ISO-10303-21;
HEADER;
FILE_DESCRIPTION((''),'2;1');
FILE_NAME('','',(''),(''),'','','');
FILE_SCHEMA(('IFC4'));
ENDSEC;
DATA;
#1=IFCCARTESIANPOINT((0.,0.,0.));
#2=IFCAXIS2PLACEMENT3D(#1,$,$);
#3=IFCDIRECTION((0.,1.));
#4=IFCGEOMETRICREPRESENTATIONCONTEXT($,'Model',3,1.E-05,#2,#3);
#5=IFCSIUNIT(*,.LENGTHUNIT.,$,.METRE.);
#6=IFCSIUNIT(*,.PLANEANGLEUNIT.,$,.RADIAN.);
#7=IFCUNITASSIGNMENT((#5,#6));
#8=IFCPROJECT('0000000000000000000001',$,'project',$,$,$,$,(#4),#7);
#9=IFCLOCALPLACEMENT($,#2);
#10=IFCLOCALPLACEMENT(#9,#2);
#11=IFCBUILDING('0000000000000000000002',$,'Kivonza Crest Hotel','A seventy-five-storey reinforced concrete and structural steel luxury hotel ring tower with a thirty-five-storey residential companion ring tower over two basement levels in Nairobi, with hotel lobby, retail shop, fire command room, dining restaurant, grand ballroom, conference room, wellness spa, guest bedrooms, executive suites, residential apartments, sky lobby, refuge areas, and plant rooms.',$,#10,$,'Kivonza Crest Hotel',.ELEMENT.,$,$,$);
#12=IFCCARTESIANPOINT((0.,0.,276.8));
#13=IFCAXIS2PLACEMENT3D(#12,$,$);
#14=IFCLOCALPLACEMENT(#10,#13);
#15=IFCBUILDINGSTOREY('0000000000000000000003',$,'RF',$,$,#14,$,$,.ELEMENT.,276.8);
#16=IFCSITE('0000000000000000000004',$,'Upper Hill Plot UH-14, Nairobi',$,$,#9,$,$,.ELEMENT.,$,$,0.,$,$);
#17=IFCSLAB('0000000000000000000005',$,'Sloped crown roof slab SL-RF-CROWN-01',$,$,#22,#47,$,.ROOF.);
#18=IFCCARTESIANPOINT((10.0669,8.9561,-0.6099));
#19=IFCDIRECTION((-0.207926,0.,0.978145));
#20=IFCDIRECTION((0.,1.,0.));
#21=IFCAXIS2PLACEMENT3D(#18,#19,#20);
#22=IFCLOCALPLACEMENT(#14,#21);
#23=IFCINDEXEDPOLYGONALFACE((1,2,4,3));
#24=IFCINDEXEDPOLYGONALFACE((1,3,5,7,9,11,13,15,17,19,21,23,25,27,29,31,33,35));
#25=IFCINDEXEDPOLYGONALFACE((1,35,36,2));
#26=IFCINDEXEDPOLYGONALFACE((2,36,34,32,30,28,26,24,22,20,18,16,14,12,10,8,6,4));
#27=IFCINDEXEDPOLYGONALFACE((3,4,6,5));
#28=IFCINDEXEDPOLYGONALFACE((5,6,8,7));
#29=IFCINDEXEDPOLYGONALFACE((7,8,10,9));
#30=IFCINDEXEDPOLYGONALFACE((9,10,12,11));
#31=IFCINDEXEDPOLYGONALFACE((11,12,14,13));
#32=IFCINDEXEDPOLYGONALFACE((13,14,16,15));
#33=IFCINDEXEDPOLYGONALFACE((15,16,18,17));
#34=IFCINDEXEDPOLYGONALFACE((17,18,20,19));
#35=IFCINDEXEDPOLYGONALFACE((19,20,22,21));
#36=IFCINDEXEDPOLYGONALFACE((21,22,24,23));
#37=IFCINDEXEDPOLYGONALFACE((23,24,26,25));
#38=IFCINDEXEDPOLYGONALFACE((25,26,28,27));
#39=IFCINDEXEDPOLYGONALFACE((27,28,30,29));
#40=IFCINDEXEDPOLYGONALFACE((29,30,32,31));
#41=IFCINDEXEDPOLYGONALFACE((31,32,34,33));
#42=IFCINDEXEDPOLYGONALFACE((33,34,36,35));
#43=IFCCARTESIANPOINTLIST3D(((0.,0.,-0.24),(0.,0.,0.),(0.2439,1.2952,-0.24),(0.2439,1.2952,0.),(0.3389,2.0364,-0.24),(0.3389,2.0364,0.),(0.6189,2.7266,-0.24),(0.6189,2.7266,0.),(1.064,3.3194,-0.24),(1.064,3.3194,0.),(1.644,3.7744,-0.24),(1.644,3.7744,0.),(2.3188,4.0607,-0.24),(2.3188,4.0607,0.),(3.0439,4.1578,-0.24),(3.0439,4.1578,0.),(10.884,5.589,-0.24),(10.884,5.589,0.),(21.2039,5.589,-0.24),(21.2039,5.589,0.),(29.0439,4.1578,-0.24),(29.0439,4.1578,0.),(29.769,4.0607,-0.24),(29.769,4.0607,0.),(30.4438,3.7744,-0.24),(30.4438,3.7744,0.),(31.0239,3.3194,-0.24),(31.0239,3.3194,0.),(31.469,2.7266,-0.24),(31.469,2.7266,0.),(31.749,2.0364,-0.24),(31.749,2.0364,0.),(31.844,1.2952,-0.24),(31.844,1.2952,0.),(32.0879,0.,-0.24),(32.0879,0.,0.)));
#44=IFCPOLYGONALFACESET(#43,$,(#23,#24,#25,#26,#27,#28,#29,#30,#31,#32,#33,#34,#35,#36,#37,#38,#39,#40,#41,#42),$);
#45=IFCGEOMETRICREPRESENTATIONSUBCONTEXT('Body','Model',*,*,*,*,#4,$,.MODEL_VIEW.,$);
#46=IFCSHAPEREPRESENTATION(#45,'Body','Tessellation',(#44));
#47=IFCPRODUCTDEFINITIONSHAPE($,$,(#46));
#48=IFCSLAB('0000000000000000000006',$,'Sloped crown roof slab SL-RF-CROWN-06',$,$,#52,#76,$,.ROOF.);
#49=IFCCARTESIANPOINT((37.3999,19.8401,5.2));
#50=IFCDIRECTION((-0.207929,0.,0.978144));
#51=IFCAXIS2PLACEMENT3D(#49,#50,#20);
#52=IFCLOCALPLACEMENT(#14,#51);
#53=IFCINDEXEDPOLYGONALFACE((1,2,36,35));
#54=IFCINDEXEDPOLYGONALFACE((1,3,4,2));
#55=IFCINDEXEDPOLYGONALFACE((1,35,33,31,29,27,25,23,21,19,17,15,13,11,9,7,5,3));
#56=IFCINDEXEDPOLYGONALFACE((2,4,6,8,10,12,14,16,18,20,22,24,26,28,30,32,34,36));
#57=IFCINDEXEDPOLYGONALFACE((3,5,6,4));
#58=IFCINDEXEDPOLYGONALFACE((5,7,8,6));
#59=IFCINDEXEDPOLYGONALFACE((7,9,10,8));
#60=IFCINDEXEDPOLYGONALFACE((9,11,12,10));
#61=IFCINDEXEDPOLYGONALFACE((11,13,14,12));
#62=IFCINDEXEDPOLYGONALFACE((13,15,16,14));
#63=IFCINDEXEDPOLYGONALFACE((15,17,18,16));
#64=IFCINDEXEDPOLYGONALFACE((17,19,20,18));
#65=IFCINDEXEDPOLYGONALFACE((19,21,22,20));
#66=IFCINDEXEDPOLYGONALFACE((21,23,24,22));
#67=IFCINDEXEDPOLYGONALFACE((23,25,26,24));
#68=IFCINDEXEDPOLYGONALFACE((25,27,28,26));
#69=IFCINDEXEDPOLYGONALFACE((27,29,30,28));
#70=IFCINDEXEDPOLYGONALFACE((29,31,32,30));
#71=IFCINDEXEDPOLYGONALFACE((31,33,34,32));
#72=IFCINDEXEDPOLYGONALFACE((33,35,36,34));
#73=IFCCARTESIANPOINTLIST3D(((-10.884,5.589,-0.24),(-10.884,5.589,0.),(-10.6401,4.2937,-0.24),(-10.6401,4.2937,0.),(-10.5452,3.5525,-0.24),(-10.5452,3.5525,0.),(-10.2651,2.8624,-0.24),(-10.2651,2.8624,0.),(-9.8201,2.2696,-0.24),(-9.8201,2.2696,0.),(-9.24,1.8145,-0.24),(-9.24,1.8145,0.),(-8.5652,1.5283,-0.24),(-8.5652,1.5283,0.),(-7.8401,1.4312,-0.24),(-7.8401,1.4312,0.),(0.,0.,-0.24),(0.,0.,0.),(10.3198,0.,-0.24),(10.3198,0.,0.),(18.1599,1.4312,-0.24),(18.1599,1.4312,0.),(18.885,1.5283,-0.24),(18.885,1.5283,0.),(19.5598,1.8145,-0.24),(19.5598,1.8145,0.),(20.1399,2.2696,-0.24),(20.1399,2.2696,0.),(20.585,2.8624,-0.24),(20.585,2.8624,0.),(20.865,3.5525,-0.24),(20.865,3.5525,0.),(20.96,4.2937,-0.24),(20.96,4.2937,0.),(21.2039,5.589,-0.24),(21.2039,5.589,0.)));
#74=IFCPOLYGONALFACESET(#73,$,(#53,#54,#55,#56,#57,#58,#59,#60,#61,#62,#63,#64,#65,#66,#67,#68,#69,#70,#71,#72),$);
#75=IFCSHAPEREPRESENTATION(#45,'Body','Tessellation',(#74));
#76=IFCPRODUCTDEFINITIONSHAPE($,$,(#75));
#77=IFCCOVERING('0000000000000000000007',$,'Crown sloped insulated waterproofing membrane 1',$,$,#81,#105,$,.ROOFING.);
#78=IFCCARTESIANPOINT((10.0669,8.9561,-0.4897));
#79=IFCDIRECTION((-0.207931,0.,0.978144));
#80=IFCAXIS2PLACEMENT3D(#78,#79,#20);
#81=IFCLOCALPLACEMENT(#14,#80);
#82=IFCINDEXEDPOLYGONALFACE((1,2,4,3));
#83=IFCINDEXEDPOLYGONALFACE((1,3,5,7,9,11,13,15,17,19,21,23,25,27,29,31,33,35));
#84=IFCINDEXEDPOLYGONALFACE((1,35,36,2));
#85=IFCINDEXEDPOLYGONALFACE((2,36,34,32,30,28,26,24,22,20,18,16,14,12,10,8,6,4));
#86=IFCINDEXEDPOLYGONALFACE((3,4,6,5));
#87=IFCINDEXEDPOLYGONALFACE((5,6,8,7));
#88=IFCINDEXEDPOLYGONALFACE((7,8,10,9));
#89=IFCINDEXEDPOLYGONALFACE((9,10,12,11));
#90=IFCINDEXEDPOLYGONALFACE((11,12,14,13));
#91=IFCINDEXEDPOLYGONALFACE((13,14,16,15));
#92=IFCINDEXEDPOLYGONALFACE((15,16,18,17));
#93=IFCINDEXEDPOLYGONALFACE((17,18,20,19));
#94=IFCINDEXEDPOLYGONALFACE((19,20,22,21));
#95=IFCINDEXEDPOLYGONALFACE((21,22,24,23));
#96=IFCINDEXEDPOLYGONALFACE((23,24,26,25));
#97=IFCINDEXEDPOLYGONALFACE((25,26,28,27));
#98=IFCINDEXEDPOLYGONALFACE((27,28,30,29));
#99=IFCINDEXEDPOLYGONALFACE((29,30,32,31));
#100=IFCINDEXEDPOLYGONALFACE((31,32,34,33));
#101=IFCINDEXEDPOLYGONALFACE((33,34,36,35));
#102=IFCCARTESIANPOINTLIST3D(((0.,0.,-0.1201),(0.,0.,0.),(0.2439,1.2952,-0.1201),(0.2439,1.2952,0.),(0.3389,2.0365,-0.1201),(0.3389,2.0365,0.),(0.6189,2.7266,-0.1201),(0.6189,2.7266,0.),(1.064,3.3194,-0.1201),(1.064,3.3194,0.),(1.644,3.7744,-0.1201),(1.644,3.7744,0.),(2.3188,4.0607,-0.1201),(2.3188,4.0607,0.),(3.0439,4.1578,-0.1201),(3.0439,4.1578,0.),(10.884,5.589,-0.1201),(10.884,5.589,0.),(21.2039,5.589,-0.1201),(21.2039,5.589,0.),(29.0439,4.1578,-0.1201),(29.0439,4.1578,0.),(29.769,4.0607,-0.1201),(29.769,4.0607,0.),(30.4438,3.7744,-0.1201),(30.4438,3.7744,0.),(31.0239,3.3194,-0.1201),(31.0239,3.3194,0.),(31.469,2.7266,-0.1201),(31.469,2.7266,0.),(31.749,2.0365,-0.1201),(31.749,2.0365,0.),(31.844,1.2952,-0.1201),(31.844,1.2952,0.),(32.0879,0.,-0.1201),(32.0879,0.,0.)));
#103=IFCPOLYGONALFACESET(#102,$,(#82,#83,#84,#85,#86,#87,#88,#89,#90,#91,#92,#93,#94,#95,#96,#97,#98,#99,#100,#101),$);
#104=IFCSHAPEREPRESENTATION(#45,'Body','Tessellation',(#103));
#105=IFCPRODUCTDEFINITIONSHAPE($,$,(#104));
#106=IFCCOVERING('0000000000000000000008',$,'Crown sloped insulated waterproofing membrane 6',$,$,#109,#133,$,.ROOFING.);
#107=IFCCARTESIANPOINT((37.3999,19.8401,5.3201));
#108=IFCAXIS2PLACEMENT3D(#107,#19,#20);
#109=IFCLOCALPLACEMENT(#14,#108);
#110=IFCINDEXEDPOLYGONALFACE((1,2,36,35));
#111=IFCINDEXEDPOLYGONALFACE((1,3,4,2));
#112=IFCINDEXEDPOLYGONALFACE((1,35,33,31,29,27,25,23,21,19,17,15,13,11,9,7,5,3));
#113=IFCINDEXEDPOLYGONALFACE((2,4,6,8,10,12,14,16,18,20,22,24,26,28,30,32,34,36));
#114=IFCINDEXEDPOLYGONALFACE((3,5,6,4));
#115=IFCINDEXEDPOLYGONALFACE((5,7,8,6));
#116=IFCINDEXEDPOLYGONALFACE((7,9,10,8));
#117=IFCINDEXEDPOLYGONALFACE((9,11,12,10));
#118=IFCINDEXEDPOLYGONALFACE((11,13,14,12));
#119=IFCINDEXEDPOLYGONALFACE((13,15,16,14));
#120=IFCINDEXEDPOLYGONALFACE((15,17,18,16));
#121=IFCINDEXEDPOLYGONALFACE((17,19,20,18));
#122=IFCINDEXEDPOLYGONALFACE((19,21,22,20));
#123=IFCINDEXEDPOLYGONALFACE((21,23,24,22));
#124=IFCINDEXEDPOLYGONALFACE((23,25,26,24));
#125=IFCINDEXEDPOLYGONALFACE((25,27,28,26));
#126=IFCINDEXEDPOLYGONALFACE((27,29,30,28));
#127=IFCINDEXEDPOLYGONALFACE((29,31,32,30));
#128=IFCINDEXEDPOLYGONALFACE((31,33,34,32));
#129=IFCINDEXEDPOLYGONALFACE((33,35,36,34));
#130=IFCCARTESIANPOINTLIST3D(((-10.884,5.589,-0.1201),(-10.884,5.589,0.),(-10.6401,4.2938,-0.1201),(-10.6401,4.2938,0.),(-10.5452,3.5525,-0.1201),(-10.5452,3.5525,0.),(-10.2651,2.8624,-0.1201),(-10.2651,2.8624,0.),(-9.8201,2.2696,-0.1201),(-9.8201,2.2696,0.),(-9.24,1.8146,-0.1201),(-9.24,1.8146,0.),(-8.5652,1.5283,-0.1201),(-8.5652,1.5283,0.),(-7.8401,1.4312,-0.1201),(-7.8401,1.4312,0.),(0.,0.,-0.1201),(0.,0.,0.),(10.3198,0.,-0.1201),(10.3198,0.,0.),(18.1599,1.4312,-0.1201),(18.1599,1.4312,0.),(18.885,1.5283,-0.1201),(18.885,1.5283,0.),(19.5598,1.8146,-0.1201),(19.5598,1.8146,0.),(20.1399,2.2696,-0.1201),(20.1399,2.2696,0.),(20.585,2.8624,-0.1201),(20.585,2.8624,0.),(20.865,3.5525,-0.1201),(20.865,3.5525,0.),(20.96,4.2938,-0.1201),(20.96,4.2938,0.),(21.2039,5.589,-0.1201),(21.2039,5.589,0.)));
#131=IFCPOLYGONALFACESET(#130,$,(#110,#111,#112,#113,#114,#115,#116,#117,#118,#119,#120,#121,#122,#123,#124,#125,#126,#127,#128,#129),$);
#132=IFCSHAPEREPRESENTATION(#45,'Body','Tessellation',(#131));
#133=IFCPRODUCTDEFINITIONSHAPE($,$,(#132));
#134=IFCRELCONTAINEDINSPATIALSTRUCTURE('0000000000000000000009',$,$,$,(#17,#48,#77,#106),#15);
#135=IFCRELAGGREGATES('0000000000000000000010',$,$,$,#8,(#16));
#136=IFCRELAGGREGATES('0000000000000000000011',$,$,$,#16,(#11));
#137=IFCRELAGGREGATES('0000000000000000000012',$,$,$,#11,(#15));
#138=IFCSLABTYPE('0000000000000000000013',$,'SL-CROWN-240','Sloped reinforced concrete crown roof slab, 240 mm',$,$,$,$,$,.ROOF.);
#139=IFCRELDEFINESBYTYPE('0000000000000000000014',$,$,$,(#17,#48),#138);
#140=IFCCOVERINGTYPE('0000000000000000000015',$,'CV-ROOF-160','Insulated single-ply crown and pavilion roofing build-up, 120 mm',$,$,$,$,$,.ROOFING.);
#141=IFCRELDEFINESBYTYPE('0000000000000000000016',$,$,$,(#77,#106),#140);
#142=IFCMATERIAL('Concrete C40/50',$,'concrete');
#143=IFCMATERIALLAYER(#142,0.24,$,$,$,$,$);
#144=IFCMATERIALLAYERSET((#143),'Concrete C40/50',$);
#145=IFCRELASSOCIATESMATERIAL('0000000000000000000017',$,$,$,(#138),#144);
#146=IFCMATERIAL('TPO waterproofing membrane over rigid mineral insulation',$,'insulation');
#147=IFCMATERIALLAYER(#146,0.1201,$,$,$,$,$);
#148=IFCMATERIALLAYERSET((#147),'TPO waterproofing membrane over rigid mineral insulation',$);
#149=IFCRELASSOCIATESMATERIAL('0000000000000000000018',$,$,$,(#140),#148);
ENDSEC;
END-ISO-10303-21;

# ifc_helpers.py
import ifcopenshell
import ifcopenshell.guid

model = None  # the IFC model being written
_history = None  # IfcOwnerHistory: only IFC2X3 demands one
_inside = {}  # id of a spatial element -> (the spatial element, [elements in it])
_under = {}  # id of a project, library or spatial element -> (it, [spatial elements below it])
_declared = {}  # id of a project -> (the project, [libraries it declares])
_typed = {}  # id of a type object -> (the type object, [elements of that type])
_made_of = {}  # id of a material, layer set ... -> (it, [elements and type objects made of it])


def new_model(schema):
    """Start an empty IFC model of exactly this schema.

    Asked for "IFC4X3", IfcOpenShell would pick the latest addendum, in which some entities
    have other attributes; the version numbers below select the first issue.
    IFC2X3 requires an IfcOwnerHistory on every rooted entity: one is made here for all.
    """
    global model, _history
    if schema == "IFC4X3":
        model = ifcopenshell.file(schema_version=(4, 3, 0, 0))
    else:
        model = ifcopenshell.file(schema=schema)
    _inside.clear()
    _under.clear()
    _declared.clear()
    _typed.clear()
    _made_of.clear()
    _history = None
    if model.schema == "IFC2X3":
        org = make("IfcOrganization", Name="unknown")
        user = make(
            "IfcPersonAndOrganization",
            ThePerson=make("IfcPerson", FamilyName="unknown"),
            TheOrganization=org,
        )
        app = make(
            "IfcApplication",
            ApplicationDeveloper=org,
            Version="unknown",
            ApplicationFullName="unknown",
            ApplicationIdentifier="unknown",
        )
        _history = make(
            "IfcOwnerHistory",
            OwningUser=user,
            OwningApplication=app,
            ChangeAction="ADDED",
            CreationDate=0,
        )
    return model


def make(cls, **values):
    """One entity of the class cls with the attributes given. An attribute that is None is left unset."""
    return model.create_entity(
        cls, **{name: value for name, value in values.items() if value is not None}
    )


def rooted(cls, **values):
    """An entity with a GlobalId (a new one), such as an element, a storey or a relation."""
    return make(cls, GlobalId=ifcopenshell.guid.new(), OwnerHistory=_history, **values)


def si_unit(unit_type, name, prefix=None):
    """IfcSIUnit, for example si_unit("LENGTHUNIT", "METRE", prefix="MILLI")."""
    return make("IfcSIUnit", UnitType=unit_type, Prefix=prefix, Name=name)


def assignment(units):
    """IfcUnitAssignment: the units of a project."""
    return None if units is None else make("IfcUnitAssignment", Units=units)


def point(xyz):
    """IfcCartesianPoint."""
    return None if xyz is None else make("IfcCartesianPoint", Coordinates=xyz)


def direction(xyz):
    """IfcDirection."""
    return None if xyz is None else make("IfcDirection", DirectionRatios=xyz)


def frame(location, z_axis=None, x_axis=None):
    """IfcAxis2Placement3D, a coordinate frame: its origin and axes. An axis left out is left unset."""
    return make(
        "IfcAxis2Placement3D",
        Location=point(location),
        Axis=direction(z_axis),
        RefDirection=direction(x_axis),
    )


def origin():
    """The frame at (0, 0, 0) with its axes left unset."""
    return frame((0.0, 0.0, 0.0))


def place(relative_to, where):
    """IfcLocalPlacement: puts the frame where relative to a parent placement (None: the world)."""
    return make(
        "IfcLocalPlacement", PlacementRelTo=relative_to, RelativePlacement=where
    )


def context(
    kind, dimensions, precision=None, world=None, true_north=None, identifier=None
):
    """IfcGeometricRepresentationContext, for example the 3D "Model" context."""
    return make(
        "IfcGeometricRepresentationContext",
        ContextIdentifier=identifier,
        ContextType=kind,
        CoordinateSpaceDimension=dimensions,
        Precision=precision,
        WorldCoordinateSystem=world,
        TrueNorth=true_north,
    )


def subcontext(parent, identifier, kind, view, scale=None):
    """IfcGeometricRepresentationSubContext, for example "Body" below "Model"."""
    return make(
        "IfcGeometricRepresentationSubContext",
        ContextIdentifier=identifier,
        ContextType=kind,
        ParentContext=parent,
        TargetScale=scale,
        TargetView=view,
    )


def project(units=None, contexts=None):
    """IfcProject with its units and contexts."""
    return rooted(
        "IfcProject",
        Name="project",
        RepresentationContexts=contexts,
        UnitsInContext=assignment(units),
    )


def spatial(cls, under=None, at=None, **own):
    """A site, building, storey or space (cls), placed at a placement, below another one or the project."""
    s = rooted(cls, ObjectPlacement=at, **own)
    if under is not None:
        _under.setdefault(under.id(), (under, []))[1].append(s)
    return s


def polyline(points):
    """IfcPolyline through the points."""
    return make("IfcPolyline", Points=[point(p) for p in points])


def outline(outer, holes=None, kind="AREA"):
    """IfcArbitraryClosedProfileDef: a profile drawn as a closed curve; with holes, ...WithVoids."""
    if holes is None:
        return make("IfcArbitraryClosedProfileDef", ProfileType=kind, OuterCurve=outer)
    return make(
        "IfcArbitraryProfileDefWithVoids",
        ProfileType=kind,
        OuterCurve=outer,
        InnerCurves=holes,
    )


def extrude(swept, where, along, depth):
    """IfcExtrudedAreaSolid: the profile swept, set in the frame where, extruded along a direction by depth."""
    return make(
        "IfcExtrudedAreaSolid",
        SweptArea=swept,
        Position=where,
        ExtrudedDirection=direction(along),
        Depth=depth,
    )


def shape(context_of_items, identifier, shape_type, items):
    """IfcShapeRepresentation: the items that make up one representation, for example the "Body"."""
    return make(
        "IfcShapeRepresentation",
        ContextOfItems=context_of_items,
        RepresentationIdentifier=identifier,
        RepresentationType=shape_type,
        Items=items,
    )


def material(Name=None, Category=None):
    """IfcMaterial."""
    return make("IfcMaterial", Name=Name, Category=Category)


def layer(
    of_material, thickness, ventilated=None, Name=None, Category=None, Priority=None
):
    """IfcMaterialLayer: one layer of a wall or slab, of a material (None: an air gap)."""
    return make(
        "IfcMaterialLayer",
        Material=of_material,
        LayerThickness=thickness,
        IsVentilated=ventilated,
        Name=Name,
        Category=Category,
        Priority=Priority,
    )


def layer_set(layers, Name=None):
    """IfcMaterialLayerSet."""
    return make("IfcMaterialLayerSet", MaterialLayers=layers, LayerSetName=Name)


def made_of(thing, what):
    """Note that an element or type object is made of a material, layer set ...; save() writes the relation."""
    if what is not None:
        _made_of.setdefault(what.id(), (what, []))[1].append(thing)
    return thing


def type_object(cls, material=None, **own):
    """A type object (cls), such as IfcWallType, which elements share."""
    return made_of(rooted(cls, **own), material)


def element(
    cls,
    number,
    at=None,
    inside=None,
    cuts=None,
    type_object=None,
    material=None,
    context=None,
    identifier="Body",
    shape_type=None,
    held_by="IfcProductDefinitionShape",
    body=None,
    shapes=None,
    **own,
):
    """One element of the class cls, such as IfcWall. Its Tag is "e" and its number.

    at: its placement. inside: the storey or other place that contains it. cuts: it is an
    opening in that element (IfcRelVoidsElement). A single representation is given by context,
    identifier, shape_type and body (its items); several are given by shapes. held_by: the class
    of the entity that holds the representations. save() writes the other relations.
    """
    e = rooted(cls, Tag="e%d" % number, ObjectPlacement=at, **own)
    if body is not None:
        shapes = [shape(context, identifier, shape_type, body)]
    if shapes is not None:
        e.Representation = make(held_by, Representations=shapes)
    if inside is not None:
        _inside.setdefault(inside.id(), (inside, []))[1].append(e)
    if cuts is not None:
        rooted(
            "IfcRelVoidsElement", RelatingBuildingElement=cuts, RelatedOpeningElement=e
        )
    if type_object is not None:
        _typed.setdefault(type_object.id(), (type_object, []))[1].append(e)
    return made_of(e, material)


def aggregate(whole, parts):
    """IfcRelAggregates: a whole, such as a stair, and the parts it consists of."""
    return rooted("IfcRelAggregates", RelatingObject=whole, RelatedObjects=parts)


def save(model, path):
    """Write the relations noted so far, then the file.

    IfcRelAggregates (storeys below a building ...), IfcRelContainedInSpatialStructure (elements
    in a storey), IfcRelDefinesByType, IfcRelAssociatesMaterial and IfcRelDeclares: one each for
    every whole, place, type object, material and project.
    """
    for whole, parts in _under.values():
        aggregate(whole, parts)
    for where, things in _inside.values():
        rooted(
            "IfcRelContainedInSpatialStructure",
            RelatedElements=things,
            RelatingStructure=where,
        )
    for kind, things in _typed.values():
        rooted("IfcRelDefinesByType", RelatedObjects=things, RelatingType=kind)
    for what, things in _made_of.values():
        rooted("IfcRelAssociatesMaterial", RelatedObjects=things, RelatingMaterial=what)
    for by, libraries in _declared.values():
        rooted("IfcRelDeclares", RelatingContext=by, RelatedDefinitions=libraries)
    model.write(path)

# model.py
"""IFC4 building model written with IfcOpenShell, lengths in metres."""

from ifc_helpers import new_model, si_unit, direction, frame, origin, place, context, subcontext, project, spatial, polyline, outline, extrude, material, layer, layer_set, type_object, element, save


model = new_model("IFC4")

# Units and contexts
model_context = context("Model", 3, precision=1e-05, world=origin(), true_north=direction((0.0, 1.0)))
body_context = subcontext(model_context, "Body", "Model", "MODEL_VIEW")
ifc_project = project(units=[si_unit("LENGTHUNIT", "METRE"), si_unit("PLANEANGLEUNIT", "RADIAN")], contexts=[model_context])

# Site, building, storey
site_placement = place(None, origin())
site = spatial("IfcSite", under=ifc_project, at=site_placement, Name="Upper Hill Plot UH-14, Nairobi", CompositionType="ELEMENT", RefElevation=0.0)
building_placement = place(site_placement, origin())
building = spatial("IfcBuilding", under=site, at=building_placement, Name="Kivonza Crest Hotel", Description="A seventy-five-storey reinforced concrete and structural steel luxury hotel ring tower with a thirty-five-storey residential companion ring tower over two basement levels in Nairobi, with hotel lobby, retail shop, fire command room, dining restaurant, grand ballroom, conference room, wellness spa, guest bedrooms, executive suites, residential apartments, sky lobby, refuge areas, and plant rooms.", LongName="Kivonza Crest Hotel", CompositionType="ELEMENT")
storey_placement = place(building_placement, frame((0.0, 0.0, 276.8)))
storey = spatial("IfcBuildingStorey", under=building, at=storey_placement, Name="RF", CompositionType="ELEMENT", Elevation=276.8)

# Slabs
ifc_material_1 = material(Name="Concrete C40/50", Category="concrete")
ifc_layer_1 = layer(ifc_material_1, 0.24)
ifc_layer_set_1 = layer_set([ifc_layer_1], Name="Concrete C40/50")
slab_type = type_object("IfcSlabType", Name="SL-CROWN-240", Description="Sloped reinforced concrete crown roof slab, 240 mm", PredefinedType="ROOF", material=ifc_layer_set_1)
slab_1_placement = place(storey_placement, frame((10.0669, 8.9561, -0.6099), z_axis=(-0.207926, 0.0, 0.978145), x_axis=(0.0, 1.0, 0.0)))
element("IfcSlab", 1, at=slab_1_placement, inside=storey, type_object=slab_type, Name="Sloped crown roof slab SL-RF-CROWN-01", PredefinedType="ROOF", context=body_context, shape_type="SweptSolid", body=[
    extrude(outline(polyline([(0.0, 0.0), (32.0879, 0.0), (31.844, 1.2952), (31.749, 2.0364), (31.469, 2.7266), (31.0239, 3.3194), (30.4438, 3.7744), (29.769, 4.0607), (29.0439, 4.1578), (21.2039, 5.589), (10.884, 5.589), (3.0439, 4.1578), (2.3188, 4.0607), (1.644, 3.7744), (1.064, 3.3194), (0.6189, 2.7266), (0.3389, 2.0364), (0.2439, 1.2952), (0.0, 0.0)])), origin(), (0.0, 0.0, -1.0), 0.24),
])
slab_2_placement = place(storey_placement, frame((37.3999, 19.8401, 5.2), z_axis=(-0.207929, 0.0, 0.978144), x_axis=(0.0, 1.0, 0.0)))
element("IfcSlab", 2, at=slab_2_placement, inside=storey, type_object=slab_type, Name="Sloped crown roof slab SL-RF-CROWN-06", PredefinedType="ROOF", context=body_context, shape_type="SweptSolid", body=[
    extrude(outline(polyline([(0.0, 0.0), (10.3198, 0.0), (18.1599, 1.4312), (18.885, 1.5283), (19.5598, 1.8145), (20.1399, 2.2696), (20.585, 2.8624), (20.865, 3.5525), (20.96, 4.2937), (21.2039, 5.589), (-10.884, 5.589), (-10.6401, 4.2937), (-10.5452, 3.5525), (-10.2651, 2.8624), (-9.8201, 2.2696), (-9.24, 1.8145), (-8.5652, 1.5283), (-7.8401, 1.4312), (0.0, 0.0)])), origin(), (0.0, 0.0, -1.0), 0.24),
])

# Coverings
ifc_material_2 = material(Name="TPO waterproofing membrane over rigid mineral insulation", Category="insulation")
ifc_layer_2 = layer(ifc_material_2, 0.1201)
ifc_layer_set_2 = layer_set([ifc_layer_2], Name="TPO waterproofing membrane over rigid mineral insulation")
covering_type = type_object("IfcCoveringType", Name="CV-ROOF-160", Description="Insulated single-ply crown and pavilion roofing build-up, 120 mm", PredefinedType="ROOFING", material=ifc_layer_set_2)
covering_1_placement = place(storey_placement, frame((10.0669, 8.9561, -0.4897), z_axis=(-0.207931, 0.0, 0.978144), x_axis=(0.0, 1.0, 0.0)))
element("IfcCovering", 3, at=covering_1_placement, inside=storey, type_object=covering_type, Name="Crown sloped insulated waterproofing membrane 1", PredefinedType="ROOFING", context=body_context, shape_type="SweptSolid", body=[
    extrude(outline(polyline([(0.0, 0.0), (32.0879, 0.0), (31.844, 1.2952), (31.749, 2.0365), (31.469, 2.7266), (31.0239, 3.3194), (30.4438, 3.7744), (29.769, 4.0607), (29.0439, 4.1578), (21.2039, 5.589), (10.884, 5.589), (3.0439, 4.1578), (2.3188, 4.0607), (1.644, 3.7744), (1.064, 3.3194), (0.6189, 2.7266), (0.3389, 2.0365), (0.2439, 1.2952), (0.0, 0.0)])), origin(), (0.0, 0.0, -1.0), 0.1201),
])
covering_2_placement = place(storey_placement, frame((37.3999, 19.8401, 5.3201), z_axis=(-0.207926, 0.0, 0.978145), x_axis=(0.0, 1.0, 0.0)))
element("IfcCovering", 4, at=covering_2_placement, inside=storey, type_object=covering_type, Name="Crown sloped insulated waterproofing membrane 6", PredefinedType="ROOFING", context=body_context, shape_type="SweptSolid", body=[
    extrude(outline(polyline([(0.0, 0.0), (10.3198, 0.0), (18.1599, 1.4312), (18.885, 1.5283), (19.5598, 1.8146), (20.1399, 2.2696), (20.585, 2.8624), (20.865, 3.5525), (20.96, 4.2938), (21.2039, 5.589), (-10.884, 5.589), (-10.6401, 4.2938), (-10.5452, 3.5525), (-10.2651, 2.8624), (-9.8201, 2.2696), (-9.24, 1.8146), (-8.5652, 1.5283), (-7.8401, 1.4312), (0.0, 0.0)])), origin(), (0.0, 0.0, -1.0), 0.1201),
])

save(model, "model.ifc")
